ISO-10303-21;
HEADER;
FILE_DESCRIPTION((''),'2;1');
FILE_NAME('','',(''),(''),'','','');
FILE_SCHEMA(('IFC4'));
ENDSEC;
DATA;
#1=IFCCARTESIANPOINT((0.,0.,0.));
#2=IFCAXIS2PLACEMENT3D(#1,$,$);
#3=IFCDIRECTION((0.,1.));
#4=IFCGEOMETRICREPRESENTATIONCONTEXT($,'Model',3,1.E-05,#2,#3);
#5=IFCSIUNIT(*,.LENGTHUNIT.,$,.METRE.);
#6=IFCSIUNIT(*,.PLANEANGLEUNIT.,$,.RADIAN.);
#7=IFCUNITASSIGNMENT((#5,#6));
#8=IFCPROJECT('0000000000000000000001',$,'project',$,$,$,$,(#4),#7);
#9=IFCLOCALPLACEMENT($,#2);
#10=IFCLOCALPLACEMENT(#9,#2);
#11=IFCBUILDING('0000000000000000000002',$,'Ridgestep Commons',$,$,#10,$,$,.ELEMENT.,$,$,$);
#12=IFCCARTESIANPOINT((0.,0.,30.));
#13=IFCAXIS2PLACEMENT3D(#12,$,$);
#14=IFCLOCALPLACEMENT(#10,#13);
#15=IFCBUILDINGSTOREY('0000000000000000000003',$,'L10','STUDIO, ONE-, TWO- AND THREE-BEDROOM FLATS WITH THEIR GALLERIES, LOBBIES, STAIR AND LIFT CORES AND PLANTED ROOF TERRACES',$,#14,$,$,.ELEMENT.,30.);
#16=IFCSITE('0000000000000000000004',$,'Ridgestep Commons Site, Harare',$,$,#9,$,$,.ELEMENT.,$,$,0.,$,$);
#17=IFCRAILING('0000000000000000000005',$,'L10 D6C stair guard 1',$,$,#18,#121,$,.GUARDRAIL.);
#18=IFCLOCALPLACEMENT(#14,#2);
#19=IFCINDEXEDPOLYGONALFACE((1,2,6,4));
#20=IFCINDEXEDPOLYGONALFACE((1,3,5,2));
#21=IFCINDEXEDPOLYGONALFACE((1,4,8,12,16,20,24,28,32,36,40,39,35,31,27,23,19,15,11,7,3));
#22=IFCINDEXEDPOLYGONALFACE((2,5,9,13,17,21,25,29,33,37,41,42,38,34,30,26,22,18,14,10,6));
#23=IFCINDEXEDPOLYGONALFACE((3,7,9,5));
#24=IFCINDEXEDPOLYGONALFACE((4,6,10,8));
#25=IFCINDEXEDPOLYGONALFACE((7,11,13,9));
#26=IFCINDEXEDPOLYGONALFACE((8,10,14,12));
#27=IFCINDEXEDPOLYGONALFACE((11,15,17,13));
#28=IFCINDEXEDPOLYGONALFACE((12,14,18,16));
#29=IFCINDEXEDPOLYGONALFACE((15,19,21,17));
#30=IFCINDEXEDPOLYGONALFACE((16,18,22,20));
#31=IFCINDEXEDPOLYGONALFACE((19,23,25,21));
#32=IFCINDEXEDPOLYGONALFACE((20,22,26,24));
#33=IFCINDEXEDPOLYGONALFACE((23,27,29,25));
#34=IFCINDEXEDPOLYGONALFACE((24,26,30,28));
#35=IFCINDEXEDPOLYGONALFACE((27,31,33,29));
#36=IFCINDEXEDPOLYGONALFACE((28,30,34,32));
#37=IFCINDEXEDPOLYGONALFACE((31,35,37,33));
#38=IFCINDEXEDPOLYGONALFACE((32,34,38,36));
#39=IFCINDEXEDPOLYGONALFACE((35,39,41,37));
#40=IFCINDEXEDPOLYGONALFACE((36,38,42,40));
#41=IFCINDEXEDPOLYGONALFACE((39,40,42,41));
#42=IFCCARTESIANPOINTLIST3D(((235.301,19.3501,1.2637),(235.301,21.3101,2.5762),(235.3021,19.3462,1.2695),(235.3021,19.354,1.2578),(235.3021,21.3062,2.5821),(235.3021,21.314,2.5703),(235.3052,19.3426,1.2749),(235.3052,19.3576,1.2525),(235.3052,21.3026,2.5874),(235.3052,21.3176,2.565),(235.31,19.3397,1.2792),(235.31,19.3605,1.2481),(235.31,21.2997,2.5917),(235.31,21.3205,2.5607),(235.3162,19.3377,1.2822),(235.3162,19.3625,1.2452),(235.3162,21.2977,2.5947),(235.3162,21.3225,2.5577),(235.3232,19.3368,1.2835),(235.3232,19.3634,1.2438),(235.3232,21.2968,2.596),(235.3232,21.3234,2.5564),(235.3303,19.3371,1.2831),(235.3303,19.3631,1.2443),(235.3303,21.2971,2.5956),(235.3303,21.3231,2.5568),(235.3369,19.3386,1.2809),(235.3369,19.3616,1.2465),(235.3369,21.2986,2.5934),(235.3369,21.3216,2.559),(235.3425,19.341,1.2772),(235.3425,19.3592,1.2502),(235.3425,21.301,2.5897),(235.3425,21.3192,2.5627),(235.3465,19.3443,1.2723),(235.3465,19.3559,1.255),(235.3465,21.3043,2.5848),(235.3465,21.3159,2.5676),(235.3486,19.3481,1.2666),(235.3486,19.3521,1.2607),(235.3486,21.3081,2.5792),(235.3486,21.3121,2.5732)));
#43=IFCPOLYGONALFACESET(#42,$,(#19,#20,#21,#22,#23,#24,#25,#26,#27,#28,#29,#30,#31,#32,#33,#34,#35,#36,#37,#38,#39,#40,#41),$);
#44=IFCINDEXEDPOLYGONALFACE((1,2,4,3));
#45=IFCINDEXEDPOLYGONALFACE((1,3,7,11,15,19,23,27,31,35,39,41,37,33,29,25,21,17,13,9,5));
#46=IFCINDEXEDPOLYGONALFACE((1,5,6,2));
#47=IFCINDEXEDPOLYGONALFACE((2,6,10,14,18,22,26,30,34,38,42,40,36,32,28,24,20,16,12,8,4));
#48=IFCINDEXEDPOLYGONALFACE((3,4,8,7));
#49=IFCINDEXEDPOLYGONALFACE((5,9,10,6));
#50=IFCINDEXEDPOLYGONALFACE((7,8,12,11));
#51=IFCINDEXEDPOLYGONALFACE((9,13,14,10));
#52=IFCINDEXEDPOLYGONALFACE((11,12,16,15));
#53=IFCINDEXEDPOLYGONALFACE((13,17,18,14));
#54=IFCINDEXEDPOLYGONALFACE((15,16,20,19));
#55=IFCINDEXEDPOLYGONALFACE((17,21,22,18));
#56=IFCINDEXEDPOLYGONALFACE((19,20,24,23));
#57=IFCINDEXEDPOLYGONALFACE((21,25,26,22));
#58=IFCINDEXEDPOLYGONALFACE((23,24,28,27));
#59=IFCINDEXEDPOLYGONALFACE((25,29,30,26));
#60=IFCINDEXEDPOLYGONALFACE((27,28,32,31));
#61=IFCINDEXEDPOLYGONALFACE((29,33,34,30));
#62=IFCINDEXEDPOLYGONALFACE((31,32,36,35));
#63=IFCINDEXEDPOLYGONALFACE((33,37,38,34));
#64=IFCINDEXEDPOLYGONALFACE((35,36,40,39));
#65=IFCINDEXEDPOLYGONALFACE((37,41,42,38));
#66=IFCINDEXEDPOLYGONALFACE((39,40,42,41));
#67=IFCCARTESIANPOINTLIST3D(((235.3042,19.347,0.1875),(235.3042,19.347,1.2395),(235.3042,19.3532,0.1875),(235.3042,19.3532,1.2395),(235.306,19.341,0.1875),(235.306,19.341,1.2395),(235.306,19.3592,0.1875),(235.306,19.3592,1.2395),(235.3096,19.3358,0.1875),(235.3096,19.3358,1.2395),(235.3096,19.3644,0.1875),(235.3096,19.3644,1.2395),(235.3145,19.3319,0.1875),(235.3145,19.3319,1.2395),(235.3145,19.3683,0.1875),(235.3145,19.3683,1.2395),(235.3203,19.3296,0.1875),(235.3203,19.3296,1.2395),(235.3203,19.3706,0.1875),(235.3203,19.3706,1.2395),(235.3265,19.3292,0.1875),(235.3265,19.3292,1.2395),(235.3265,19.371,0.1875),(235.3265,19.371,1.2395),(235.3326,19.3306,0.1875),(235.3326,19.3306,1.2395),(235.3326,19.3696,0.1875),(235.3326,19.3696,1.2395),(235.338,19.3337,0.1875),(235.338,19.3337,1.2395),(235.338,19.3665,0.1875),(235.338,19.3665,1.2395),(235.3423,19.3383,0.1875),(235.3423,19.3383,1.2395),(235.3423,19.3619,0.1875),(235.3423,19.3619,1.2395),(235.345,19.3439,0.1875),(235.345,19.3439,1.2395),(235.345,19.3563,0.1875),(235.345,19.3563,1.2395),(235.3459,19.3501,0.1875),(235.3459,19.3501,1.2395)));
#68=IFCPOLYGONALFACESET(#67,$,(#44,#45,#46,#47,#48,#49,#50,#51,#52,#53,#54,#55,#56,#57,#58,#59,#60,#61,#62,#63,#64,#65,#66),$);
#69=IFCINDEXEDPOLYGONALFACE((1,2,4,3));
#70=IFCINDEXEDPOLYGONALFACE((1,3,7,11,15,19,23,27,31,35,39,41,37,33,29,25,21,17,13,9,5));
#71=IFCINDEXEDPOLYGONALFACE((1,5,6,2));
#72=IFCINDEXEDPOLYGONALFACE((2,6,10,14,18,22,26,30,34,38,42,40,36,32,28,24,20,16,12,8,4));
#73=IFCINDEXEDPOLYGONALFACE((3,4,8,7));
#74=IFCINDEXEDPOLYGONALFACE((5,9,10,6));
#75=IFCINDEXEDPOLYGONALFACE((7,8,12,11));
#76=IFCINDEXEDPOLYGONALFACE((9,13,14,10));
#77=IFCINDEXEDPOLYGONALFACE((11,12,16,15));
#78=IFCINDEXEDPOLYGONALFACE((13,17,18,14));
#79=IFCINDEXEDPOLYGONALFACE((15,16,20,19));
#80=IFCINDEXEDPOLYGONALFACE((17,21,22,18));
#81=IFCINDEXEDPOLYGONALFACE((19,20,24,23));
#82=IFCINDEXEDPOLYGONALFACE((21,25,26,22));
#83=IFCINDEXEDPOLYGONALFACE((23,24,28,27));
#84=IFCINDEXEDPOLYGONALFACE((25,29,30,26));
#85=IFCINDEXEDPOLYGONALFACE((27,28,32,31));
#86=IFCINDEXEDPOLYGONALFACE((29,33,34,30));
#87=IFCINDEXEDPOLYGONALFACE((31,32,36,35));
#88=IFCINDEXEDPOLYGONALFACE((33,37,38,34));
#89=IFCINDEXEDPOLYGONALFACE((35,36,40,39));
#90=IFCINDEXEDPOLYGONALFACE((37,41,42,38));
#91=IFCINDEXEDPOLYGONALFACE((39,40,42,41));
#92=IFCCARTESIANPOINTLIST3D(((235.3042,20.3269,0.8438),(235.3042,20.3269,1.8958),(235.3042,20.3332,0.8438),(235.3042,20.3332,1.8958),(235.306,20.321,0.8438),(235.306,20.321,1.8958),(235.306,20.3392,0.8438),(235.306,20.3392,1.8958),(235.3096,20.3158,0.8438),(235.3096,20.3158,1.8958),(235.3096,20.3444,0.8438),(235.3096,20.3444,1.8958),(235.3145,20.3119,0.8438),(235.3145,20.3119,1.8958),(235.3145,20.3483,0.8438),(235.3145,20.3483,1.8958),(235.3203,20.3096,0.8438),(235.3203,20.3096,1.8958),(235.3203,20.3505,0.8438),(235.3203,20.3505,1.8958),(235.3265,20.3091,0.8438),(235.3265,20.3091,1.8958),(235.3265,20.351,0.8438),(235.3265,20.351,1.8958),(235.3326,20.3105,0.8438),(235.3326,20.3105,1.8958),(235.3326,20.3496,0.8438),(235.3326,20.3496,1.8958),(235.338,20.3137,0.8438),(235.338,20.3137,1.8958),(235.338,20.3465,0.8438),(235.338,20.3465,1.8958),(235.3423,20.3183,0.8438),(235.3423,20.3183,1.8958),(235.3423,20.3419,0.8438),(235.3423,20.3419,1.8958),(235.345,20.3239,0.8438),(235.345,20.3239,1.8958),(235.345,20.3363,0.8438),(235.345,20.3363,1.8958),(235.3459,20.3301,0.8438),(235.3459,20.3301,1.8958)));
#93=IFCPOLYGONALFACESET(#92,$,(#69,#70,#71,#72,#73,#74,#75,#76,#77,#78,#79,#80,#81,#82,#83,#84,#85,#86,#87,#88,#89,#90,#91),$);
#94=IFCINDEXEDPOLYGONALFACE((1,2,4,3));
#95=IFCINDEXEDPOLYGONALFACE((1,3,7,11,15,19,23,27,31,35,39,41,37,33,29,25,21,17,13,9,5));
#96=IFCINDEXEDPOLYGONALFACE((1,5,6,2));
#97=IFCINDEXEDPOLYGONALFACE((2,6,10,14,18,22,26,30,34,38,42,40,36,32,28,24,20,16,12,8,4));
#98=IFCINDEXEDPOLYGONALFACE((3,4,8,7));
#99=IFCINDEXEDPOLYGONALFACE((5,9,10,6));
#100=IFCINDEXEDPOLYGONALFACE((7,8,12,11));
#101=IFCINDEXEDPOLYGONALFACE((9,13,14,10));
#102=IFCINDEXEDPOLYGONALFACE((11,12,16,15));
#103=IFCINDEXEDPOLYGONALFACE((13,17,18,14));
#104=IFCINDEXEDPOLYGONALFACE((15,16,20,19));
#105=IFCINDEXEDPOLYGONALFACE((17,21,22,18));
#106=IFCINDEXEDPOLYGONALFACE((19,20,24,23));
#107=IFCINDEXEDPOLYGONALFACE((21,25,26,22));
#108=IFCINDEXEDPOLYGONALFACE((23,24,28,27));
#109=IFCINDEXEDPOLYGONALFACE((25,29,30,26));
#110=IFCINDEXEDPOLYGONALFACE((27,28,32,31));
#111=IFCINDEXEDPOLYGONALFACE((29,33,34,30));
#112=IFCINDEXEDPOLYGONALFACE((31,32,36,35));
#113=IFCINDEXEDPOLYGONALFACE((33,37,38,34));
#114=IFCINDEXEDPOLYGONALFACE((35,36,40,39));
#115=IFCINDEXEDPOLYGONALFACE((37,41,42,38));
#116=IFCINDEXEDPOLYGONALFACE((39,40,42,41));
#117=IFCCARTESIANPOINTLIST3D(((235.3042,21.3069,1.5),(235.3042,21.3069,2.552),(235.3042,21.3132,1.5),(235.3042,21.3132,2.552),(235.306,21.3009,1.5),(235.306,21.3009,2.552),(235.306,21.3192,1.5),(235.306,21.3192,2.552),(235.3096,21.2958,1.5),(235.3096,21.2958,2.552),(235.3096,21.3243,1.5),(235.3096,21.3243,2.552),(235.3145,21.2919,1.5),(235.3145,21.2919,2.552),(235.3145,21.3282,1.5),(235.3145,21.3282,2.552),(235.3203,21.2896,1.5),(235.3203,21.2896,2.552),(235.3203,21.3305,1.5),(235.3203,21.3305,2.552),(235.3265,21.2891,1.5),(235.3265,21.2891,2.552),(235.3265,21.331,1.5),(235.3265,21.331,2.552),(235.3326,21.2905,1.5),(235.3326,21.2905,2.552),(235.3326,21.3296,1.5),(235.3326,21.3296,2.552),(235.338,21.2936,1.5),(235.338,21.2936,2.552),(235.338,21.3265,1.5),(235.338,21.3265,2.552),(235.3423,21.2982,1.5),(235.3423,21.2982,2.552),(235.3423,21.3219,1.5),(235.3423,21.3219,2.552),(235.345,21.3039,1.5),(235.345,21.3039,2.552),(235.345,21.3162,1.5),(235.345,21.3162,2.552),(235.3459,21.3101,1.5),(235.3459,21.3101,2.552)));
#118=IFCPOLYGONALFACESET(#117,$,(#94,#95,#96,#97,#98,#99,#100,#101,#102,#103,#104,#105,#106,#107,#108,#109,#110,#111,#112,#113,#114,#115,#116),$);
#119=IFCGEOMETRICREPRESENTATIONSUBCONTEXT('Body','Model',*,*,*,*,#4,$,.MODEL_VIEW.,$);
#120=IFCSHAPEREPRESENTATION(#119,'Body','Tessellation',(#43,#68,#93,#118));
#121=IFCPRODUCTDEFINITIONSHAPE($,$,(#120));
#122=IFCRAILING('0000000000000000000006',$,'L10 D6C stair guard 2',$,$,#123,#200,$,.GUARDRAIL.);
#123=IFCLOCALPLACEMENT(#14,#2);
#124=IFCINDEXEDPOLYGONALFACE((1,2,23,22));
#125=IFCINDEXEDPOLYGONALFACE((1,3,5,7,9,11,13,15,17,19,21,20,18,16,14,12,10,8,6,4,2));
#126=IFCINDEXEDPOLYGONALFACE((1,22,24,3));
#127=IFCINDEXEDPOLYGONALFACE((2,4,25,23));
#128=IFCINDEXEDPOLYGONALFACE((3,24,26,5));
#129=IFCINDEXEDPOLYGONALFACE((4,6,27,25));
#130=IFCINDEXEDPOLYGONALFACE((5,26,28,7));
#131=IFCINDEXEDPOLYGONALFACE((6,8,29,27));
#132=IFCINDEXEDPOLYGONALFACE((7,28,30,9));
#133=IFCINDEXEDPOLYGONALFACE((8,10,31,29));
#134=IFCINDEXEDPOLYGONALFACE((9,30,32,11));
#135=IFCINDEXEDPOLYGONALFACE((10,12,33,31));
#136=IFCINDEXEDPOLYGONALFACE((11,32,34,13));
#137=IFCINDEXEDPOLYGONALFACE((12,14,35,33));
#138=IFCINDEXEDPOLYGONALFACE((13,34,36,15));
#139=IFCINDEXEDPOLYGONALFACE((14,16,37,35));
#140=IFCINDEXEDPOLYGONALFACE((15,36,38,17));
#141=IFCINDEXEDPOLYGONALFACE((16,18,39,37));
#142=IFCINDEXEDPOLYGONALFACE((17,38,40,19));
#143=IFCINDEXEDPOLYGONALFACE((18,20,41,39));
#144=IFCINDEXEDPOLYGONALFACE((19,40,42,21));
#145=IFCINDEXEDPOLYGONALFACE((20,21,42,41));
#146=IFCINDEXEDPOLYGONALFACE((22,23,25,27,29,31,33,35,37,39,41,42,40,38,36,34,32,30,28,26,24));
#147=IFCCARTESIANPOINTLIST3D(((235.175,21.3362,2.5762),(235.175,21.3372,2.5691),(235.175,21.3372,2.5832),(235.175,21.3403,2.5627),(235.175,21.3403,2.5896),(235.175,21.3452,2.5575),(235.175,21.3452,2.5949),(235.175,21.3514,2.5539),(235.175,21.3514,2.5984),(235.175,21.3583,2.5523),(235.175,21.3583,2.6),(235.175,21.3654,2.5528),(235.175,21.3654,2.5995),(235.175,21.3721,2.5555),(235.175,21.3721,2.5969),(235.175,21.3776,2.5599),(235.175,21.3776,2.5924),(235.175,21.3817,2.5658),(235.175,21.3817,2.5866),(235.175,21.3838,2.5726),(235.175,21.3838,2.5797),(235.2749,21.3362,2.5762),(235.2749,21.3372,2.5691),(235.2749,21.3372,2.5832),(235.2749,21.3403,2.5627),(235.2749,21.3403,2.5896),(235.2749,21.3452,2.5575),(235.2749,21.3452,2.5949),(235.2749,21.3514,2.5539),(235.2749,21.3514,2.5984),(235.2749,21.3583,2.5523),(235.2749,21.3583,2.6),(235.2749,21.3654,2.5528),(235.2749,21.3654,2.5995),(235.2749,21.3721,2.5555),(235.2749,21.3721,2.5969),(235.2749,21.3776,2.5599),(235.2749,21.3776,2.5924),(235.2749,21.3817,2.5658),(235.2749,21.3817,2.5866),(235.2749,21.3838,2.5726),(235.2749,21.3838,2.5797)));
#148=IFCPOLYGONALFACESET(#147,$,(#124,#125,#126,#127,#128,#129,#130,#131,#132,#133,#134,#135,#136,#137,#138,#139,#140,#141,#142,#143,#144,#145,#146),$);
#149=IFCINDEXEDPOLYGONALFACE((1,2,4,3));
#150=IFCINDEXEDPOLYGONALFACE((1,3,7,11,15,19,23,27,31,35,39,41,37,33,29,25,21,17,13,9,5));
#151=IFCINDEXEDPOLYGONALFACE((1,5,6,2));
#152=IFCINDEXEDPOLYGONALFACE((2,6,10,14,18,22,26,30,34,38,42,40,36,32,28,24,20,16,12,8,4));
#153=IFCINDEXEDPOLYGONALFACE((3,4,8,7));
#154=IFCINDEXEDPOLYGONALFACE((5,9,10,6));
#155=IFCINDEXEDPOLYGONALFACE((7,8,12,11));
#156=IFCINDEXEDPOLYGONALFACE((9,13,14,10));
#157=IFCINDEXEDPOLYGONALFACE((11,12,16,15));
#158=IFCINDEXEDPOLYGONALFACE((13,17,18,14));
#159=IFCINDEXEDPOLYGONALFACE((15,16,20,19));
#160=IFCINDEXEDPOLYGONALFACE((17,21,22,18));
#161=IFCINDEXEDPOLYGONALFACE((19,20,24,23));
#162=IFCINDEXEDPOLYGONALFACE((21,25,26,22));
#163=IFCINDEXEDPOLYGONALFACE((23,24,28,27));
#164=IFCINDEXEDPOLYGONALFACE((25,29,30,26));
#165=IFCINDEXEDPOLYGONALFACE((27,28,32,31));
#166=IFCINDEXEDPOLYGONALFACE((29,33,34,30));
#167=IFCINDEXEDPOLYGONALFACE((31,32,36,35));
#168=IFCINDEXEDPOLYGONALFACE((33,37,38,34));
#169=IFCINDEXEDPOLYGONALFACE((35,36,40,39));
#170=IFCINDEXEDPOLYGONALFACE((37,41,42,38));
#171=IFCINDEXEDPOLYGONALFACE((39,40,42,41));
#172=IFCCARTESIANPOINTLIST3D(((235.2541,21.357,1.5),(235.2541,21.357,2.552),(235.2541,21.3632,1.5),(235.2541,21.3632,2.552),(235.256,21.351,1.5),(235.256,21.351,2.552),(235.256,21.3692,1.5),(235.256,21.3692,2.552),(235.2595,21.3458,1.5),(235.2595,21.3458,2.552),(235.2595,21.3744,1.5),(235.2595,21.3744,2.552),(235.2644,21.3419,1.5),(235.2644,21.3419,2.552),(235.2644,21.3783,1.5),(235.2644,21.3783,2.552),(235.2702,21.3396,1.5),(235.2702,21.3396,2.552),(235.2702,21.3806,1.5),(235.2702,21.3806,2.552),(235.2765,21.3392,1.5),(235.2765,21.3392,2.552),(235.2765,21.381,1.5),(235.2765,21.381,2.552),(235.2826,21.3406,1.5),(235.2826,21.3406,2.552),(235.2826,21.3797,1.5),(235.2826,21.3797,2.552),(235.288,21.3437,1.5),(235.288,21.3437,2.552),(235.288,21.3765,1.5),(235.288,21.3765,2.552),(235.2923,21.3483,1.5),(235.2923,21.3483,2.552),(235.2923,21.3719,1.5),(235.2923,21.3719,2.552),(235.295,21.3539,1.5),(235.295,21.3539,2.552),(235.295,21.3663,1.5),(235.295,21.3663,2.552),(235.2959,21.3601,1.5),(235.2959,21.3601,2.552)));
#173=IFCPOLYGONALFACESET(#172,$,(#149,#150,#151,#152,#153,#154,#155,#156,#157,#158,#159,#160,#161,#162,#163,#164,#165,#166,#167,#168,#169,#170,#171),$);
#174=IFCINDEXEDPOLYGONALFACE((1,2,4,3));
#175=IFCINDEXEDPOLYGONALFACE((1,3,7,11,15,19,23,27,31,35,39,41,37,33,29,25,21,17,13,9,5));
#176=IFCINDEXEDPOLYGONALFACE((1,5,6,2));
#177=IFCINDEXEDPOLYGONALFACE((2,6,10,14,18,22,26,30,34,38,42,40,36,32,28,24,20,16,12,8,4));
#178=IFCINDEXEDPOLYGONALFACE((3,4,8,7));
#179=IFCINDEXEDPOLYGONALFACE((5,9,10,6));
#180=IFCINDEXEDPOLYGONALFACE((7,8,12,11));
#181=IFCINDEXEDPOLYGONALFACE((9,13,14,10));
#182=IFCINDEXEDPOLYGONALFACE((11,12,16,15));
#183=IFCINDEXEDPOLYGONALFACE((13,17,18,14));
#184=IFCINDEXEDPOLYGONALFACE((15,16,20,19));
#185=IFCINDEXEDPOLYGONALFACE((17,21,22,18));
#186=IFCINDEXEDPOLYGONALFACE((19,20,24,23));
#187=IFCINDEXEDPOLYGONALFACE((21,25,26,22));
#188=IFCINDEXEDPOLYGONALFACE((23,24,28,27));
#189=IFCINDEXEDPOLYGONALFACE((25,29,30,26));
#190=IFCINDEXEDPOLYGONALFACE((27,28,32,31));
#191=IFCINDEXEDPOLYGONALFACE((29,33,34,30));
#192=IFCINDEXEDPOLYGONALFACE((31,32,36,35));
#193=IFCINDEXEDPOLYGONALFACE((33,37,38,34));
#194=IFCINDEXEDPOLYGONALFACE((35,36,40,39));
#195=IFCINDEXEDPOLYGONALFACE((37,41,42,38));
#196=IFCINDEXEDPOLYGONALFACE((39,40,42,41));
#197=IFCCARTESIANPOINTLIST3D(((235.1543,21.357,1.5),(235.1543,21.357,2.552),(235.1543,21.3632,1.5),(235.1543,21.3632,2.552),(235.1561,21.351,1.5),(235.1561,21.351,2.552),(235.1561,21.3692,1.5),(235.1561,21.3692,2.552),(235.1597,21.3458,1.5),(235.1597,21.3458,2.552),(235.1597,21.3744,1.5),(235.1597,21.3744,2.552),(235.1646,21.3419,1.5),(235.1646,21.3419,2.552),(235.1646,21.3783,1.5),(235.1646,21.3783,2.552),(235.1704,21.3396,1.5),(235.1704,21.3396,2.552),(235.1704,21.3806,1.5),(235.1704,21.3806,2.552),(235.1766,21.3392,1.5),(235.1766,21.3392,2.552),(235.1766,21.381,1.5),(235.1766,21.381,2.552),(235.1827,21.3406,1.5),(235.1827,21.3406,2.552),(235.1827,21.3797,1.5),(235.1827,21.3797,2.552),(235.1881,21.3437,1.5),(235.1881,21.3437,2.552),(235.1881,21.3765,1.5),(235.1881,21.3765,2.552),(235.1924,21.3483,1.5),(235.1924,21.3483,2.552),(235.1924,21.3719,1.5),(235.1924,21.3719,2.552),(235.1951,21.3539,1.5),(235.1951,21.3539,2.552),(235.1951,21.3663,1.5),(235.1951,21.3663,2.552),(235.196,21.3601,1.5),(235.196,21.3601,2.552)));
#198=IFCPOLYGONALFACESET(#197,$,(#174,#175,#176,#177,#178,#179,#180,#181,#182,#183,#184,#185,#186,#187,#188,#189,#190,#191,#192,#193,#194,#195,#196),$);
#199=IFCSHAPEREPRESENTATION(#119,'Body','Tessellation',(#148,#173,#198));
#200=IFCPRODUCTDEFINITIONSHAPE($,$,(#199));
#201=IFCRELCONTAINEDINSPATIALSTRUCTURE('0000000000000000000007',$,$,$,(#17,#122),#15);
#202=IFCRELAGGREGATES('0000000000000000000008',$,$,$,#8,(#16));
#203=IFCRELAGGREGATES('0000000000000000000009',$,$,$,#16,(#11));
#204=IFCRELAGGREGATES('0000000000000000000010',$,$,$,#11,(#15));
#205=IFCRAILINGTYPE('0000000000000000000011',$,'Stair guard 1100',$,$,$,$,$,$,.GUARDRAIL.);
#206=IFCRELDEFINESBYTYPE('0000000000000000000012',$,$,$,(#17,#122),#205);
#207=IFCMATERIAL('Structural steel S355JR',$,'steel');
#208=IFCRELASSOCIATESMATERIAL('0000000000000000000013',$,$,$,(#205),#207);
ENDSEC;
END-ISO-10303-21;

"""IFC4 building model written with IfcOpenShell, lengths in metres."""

from ifc_helpers import new_model, si_unit, direction, frame, origin, origin_2d, place, context, subcontext, project, spatial, circle, extrude, material, type_object, element, save


model = new_model("IFC4")

# Units and contexts
model_context = context("Model", 3, precision=1e-05, world=origin(), true_north=direction((0.0, 1.0)))
body_context = subcontext(model_context, "Body", "Model", "MODEL_VIEW")
ifc_project = project(units=[si_unit("LENGTHUNIT", "METRE"), si_unit("PLANEANGLEUNIT", "RADIAN")], contexts=[model_context])

# Site, building, storey
site_placement = place(None, origin())
site = spatial("IfcSite", under=ifc_project, at=site_placement, Name="Ridgestep Commons Site, Harare", CompositionType="ELEMENT", RefElevation=0.0)
building_placement = place(site_placement, origin())
building = spatial("IfcBuilding", under=site, at=building_placement, Name="Ridgestep Commons", CompositionType="ELEMENT")
storey_placement = place(building_placement, frame((0.0, 0.0, 30.0)))
storey = spatial("IfcBuildingStorey", under=building, at=storey_placement, Name="L10", Description="STUDIO, ONE-, TWO- AND THREE-BEDROOM FLATS WITH THEIR GALLERIES, LOBBIES, STAIR AND LIFT CORES AND PLANTED ROOF TERRACES", CompositionType="ELEMENT", Elevation=30.0)

# Railings
ifc_material_1 = material(Name="Structural steel S355JR", Category="steel")
railing_type_1 = type_object("IfcRailingType", Name="Stair guard 1100", PredefinedType="GUARDRAIL", material=ifc_material_1)
railing_1_placement = place(storey_placement, frame((235.325, 19.3501, 0.1875)))
element("IfcRailing", 1, at=railing_1_placement, inside=storey, type_object=railing_type_1, Name="L10 D6C stair guard 1", PredefinedType="GUARDRAIL", context=body_context, shape_type="SweptSolid", body=[
    extrude(circle(Radius=0.0239, at=origin_2d()), frame((0.0, 0.0, 1.0762), z_axis=(0.0, 0.830902, 0.556419), x_axis=(-1.0, 0.0, 0.0)), (0.0, 0.0, 1.0), 2.3589),
    extrude(circle(Radius=0.021, at=origin_2d()), origin(), (0.0, 0.0, 1.0), 1.052),
    extrude(circle(Radius=0.021, at=origin_2d()), frame((0.0, 0.98, 0.6562)), (0.0, 0.0, 1.0), 1.052),
    extrude(circle(Radius=0.021, at=origin_2d()), frame((0.0, 1.96, 1.3125)), (0.0, 0.0, 1.0), 1.052),
])
railing_2_placement = place(storey_placement, frame((235.2749, 21.3601, 1.5)))
element("IfcRailing", 2, at=railing_2_placement, inside=storey, type_object=railing_type_1, Name="L10 D6C stair guard 2", PredefinedType="GUARDRAIL", context=body_context, shape_type="SweptSolid", body=[
    extrude(circle(Radius=0.0239, at=origin_2d()), frame((0.0, 0.0, 1.0762), z_axis=(-1.0, 0.0, 0.0), x_axis=(0.0, -1.0, 0.0)), (0.0, 0.0, 1.0), 0.0999),
    extrude(circle(Radius=0.021, at=origin_2d()), origin(), (0.0, 0.0, 1.0), 1.052),
    extrude(circle(Radius=0.021, at=origin_2d()), frame((-0.0999, 0.0, 0.0)), (0.0, 0.0, 1.0), 1.052),
])

save(model, "model.ifc")
